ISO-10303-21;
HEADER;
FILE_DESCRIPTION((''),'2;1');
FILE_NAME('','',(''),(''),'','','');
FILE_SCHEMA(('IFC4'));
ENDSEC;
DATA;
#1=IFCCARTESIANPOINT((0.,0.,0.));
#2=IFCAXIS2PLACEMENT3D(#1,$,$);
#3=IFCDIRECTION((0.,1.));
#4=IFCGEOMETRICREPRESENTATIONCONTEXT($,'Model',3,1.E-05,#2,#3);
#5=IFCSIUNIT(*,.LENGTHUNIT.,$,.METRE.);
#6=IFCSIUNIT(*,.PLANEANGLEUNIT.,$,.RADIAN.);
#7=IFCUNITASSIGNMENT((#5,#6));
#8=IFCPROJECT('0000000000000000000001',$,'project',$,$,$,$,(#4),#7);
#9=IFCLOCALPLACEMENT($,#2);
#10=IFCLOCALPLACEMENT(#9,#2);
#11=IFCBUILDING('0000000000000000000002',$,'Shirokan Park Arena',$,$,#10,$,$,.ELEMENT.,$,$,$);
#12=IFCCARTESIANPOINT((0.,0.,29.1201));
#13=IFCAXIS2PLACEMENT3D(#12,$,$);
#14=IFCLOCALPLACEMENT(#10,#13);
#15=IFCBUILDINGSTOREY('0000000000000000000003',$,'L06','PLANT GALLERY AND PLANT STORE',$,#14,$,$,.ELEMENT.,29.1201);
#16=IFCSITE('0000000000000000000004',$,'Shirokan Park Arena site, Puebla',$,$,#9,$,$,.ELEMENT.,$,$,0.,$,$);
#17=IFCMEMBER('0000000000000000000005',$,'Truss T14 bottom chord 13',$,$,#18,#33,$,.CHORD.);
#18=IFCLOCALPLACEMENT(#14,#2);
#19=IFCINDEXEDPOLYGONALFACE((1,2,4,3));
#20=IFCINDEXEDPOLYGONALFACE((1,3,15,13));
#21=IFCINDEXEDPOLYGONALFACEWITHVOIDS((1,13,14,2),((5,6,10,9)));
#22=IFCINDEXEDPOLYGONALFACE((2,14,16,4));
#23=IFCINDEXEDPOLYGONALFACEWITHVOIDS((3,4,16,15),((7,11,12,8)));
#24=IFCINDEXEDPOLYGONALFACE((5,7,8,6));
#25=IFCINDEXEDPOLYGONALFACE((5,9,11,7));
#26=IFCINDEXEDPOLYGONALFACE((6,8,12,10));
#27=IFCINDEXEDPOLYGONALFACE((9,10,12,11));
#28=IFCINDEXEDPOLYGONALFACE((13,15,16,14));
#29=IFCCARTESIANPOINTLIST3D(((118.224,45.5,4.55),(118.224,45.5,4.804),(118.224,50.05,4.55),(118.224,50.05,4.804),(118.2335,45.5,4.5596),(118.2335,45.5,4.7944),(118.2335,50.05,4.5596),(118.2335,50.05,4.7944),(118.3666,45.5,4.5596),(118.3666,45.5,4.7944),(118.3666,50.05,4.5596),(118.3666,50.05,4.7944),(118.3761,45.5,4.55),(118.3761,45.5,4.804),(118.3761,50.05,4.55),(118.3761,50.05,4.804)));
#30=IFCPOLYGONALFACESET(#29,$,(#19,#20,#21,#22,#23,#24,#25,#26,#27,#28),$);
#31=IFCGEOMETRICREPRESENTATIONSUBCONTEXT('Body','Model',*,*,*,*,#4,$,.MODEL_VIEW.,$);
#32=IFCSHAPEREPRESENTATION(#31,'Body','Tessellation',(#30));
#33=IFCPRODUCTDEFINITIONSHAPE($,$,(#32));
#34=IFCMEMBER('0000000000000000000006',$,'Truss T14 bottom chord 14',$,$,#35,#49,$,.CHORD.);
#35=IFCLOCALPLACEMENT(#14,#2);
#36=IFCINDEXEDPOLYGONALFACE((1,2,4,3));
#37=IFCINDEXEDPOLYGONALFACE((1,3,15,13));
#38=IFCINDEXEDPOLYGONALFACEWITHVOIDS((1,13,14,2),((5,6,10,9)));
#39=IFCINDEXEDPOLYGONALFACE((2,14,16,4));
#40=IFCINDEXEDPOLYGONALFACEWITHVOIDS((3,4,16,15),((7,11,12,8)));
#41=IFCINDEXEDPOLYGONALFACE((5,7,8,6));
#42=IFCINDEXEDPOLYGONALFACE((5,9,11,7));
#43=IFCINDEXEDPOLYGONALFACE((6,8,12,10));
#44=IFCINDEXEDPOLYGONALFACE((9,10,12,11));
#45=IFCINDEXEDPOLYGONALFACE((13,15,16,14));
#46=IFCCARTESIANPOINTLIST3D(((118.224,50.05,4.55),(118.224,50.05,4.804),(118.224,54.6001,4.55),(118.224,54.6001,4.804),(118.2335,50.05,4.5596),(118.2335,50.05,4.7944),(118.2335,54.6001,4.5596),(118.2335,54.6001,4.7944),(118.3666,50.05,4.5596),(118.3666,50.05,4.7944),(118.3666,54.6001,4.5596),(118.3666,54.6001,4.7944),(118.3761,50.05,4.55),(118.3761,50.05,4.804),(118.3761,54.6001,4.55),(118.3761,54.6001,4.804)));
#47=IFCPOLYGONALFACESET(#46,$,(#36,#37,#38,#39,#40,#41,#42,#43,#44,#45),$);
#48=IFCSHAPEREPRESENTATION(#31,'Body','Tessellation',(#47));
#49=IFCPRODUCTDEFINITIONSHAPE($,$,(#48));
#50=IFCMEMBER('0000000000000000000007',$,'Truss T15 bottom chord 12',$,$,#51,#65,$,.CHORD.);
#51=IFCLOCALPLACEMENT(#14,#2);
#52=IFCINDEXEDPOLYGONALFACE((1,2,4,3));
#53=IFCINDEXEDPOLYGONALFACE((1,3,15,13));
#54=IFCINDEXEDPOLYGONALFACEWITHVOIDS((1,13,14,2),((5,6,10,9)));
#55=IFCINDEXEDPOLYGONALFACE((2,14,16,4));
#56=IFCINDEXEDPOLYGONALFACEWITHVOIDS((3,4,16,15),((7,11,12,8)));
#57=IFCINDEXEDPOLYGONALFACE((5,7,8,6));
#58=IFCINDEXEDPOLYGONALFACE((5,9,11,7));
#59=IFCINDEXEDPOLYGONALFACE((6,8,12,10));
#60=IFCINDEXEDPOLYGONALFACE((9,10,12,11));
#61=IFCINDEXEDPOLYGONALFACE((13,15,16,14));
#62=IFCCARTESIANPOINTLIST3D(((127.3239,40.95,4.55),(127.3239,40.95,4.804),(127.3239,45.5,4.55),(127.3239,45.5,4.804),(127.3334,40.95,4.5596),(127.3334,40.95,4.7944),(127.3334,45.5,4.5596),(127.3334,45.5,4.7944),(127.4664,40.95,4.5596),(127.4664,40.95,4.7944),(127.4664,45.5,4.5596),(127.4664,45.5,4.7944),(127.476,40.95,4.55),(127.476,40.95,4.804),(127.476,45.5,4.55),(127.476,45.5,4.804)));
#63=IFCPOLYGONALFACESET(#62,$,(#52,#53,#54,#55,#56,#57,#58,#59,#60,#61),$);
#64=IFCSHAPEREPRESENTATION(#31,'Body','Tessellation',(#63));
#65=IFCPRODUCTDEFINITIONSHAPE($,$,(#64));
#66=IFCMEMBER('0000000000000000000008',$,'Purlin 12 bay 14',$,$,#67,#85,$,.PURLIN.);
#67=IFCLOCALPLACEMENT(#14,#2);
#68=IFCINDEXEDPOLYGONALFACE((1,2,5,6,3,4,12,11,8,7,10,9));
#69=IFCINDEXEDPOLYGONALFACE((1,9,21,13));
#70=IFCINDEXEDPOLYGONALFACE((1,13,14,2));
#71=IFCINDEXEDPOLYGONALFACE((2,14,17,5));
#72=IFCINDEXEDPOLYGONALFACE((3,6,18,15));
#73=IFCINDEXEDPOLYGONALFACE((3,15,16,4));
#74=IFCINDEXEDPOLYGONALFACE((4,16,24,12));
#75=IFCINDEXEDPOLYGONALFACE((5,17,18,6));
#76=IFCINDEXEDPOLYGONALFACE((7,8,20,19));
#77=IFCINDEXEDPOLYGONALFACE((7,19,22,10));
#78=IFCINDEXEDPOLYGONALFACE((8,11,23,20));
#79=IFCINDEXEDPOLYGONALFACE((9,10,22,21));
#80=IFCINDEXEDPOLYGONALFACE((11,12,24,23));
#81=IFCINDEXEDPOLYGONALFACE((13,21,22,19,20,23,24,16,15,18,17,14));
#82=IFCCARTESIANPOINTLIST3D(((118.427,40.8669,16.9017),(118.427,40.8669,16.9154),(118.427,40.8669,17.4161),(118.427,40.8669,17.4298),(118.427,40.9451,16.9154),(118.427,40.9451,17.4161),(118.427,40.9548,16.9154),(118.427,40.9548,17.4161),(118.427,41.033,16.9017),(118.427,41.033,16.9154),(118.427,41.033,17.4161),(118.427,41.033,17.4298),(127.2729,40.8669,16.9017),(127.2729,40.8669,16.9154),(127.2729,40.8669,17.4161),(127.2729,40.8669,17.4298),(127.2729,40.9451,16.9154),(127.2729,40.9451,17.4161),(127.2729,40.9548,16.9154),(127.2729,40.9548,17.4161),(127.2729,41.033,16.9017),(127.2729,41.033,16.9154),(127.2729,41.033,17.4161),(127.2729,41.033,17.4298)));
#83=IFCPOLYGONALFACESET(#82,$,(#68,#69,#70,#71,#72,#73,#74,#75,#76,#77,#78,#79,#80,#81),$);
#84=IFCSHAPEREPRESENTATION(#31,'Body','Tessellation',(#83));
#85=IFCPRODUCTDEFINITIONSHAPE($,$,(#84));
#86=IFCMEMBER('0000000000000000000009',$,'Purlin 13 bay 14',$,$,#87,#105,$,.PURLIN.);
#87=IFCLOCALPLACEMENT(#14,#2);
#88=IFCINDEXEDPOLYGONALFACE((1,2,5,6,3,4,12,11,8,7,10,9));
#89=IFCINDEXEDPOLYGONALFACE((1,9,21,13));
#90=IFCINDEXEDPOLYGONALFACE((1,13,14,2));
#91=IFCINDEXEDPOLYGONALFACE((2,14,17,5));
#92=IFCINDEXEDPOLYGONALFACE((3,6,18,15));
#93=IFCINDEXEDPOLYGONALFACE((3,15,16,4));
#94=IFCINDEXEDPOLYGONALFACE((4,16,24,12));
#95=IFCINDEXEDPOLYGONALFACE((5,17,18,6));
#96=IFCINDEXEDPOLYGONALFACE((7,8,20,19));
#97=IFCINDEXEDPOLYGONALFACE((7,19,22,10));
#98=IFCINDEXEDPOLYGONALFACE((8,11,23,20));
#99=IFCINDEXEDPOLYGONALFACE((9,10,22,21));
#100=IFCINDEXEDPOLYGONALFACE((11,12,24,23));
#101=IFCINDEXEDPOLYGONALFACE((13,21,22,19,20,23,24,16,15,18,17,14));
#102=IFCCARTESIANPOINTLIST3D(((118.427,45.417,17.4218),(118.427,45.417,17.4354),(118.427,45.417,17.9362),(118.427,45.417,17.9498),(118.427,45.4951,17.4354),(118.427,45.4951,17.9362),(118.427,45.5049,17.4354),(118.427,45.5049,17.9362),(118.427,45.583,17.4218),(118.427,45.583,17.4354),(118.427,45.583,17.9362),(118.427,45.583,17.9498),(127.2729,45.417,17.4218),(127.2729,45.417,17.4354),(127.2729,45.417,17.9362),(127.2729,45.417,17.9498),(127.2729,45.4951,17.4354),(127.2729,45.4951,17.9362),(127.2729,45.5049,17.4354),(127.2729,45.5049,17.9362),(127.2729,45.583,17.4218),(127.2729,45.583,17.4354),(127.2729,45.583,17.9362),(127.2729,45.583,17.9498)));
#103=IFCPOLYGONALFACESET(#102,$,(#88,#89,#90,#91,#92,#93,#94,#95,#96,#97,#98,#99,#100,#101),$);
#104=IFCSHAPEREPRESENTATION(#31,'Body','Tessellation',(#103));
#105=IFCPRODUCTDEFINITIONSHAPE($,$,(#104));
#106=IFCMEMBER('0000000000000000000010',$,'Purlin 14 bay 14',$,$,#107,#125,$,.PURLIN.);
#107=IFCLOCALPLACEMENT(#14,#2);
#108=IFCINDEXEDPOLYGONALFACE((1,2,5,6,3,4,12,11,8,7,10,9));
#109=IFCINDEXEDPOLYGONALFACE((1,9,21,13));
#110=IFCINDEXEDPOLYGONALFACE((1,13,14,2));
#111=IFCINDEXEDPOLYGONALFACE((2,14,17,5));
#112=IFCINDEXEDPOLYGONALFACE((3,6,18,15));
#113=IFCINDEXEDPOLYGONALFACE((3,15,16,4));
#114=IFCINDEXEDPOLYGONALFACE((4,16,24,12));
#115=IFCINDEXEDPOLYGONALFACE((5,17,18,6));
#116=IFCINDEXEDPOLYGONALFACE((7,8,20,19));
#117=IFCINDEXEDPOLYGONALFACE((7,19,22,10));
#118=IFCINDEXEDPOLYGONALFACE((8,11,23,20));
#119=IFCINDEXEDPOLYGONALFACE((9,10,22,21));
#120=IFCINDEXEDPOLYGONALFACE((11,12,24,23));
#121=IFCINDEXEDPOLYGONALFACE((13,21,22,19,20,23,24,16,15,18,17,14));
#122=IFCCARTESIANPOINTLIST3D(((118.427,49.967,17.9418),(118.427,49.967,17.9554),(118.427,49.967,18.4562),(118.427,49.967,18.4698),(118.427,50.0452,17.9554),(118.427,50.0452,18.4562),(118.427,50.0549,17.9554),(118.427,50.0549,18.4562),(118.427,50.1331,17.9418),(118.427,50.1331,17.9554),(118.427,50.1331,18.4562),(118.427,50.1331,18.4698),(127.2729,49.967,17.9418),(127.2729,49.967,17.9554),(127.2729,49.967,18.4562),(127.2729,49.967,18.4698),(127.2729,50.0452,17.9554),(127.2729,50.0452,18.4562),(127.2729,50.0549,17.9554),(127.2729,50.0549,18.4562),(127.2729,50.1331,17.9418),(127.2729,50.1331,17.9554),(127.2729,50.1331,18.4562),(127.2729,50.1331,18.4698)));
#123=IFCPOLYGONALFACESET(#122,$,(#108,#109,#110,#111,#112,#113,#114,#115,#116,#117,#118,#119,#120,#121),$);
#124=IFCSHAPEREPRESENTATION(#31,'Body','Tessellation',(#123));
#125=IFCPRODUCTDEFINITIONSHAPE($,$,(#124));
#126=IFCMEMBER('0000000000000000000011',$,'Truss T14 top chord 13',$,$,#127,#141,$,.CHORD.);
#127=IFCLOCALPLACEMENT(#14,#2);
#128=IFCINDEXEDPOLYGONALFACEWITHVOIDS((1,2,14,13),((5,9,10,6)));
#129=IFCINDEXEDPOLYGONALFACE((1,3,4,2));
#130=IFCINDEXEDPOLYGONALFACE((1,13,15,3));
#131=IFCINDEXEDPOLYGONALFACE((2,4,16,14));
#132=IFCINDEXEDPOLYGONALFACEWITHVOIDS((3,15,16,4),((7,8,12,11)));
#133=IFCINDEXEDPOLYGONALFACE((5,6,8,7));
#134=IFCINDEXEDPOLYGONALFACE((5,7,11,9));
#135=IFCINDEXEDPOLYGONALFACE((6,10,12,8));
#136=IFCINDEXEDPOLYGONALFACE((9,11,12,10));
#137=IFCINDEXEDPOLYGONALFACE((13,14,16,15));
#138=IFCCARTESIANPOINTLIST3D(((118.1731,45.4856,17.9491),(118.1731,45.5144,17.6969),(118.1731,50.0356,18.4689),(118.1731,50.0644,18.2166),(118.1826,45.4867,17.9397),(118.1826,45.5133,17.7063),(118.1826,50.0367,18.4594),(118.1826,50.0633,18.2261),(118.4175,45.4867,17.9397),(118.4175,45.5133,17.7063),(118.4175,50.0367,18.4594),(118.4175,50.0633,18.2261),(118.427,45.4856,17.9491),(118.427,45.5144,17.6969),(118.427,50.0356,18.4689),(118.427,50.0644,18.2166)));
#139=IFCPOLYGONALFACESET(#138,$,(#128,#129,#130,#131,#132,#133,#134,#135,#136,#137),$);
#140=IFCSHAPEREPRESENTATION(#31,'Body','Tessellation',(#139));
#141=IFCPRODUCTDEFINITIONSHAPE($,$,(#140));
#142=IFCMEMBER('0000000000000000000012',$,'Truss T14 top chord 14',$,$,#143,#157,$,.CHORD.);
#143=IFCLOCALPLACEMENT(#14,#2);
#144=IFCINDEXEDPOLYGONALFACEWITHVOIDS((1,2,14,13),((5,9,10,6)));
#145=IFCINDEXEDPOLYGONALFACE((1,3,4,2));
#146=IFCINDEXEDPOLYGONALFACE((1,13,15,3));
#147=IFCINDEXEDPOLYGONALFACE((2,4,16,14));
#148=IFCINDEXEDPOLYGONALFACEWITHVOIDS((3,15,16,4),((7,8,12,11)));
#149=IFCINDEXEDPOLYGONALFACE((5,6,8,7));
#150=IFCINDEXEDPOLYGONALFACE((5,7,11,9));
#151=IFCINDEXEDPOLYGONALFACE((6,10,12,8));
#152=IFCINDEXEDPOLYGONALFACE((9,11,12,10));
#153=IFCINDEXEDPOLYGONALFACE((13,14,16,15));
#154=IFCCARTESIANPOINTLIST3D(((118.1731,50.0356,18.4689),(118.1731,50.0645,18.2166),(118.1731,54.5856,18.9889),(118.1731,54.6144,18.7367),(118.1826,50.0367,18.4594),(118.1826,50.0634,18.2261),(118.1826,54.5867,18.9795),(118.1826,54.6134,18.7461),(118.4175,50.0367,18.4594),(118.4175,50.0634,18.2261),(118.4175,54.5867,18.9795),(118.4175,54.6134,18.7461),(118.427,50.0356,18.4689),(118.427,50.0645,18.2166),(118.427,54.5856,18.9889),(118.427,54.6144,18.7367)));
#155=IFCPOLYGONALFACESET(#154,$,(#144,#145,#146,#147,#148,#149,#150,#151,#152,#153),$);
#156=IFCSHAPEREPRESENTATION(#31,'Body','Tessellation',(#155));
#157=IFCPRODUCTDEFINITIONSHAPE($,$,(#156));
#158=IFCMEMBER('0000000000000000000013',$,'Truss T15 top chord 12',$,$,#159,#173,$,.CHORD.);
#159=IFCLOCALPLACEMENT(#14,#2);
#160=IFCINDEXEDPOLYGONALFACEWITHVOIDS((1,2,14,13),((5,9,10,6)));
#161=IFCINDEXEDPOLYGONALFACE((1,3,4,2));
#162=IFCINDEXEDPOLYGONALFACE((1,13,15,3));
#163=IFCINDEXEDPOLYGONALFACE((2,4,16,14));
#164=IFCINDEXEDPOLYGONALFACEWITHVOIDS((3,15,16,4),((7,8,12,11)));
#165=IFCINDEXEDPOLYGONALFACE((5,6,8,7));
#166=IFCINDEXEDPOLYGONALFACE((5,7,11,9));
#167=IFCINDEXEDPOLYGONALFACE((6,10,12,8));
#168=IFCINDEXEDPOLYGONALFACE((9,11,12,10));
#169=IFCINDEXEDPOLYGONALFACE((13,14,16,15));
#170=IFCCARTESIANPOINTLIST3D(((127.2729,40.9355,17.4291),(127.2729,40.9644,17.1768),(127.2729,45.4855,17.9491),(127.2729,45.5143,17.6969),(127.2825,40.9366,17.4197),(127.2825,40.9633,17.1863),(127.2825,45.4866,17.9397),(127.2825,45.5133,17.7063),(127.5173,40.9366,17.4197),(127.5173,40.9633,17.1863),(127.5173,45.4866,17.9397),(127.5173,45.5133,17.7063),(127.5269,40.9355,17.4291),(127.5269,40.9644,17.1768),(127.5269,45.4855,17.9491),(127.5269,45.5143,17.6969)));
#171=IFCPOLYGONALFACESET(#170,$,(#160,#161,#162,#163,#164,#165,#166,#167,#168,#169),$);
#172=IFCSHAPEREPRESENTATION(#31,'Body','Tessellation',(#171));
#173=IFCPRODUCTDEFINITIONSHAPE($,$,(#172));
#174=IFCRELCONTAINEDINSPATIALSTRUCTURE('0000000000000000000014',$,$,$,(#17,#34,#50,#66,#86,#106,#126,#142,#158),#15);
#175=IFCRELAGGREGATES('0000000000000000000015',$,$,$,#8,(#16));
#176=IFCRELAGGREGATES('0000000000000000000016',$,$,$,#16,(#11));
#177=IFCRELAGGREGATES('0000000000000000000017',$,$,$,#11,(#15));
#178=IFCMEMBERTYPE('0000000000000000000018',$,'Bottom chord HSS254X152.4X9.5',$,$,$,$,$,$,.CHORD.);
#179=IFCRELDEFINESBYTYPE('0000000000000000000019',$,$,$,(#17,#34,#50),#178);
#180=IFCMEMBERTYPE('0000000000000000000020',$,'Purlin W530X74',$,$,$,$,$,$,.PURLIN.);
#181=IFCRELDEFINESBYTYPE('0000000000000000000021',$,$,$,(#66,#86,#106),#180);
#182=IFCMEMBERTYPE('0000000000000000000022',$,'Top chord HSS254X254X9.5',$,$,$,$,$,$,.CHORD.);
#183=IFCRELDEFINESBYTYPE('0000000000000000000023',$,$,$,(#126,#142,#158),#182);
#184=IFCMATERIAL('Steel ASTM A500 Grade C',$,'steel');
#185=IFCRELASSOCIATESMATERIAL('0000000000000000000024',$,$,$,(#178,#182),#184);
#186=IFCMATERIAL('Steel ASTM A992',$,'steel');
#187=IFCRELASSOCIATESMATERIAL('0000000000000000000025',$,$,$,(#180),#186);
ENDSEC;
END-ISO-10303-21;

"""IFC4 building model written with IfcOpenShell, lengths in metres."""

from ifc_helpers import new_model, si_unit, direction, frame, origin, origin_2d, place, context, subcontext, project, spatial, hollow_rectangle, i_section, extrude, material, material_profile, profile_set, type_object, element, save


model = new_model("IFC4")

# Units and contexts
model_context = context("Model", 3, precision=1e-05, world=origin(), true_north=direction((0.0, 1.0)))
body_context = subcontext(model_context, "Body", "Model", "MODEL_VIEW")
ifc_project = project(units=[si_unit("LENGTHUNIT", "METRE"), si_unit("PLANEANGLEUNIT", "RADIAN")], contexts=[model_context])

# Site, building, storey
site_placement = place(None, origin())
site = spatial("IfcSite", under=ifc_project, at=site_placement, Name="Shirokan Park Arena site, Puebla", CompositionType="ELEMENT", RefElevation=0.0)
building_placement = place(site_placement, origin())
building = spatial("IfcBuilding", under=site, at=building_placement, Name="Shirokan Park Arena", CompositionType="ELEMENT")
storey_placement = place(building_placement, frame((0.0, 0.0, 29.1201)))
storey = spatial("IfcBuildingStorey", under=building, at=storey_placement, Name="L06", Description="PLANT GALLERY AND PLANT STORE", CompositionType="ELEMENT", Elevation=29.1201)

# Members
ifc_material_1 = material(Name="Steel ASTM A500 Grade C", Category="steel")
ifc_material_profile_1 = material_profile(ifc_material_1, hollow_rectangle(XDim=0.1521, YDim=0.2539, WallThickness=0.0095, at=origin_2d()), Name="HSS254X152.4X9.5")
ifc_profile_set_1 = profile_set([ifc_material_profile_1], Name="Steel ASTM A500 Grade C")
member_type_1 = type_object("IfcMemberType", Name="Bottom chord HSS254X152.4X9.5", PredefinedType="CHORD", material=ifc_profile_set_1)
for number, where, z_axis, x_axis, name in (
    (1, (118.3, 45.5, 4.677), (0.0, 1.0, 0.0), (-1.0, 0.0, 0.0), "Truss T14 bottom chord 13"),
    (2, (118.3, 50.05, 4.677), (0.0, 1.0, 0.0), (-1.0, 0.0, 0.0), "Truss T14 bottom chord 14"),
    (3, (127.3999, 40.95, 4.677), (0.0, 1.0, 0.0), (-1.0, 0.0, 0.0), "Truss T15 bottom chord 12"),
):
    element("IfcMember", number, at=place(storey_placement, frame(where, z_axis=z_axis, x_axis=x_axis)), inside=storey, type_object=member_type_1, Name=name, PredefinedType="CHORD", context=body_context, shape_type="SweptSolid", body=[
        extrude(hollow_rectangle(XDim=0.1521, YDim=0.2539, WallThickness=0.0095, at=origin_2d()), origin(), (0.0, 0.0, 1.0), 4.55),
    ])
ifc_material_2 = material(Name="Steel ASTM A992", Category="steel")
ifc_material_profile_2 = material_profile(ifc_material_2, i_section(OverallWidth=0.166, OverallDepth=0.5281, WebThickness=0.0098, FlangeThickness=0.0137, at=origin_2d()), Name="W530X74")
ifc_profile_set_2 = profile_set([ifc_material_profile_2], Name="Steel ASTM A992")
member_type_2 = type_object("IfcMemberType", Name="Purlin W530X74", PredefinedType="PURLIN", material=ifc_profile_set_2)
for number, where, z_axis, x_axis, name in (
    (4, (118.427, 40.95, 17.1658), (1.0, 0.0, 0.0), (0.0, 1.0, 0.0), "Purlin 12 bay 14"),
    (5, (118.427, 45.5, 17.6858), (1.0, 0.0, 0.0), (0.0, 1.0, 0.0), "Purlin 13 bay 14"),
    (6, (118.427, 50.05, 18.2058), (1.0, 0.0, 0.0), (0.0, 1.0, 0.0), "Purlin 14 bay 14"),
):
    element("IfcMember", number, at=place(storey_placement, frame(where, z_axis=z_axis, x_axis=x_axis)), inside=storey, type_object=member_type_2, Name=name, PredefinedType="PURLIN", context=body_context, shape_type="SweptSolid", body=[
        extrude(i_section(OverallWidth=0.166, OverallDepth=0.5281, WebThickness=0.0098, FlangeThickness=0.0137, at=origin_2d()), origin(), (0.0, 0.0, 1.0), 8.8459),
    ])
ifc_material_profile_3 = material_profile(ifc_material_1, hollow_rectangle(XDim=0.2539, YDim=0.2539, WallThickness=0.0095, at=origin_2d()), Name="HSS254X254X9.5")
ifc_profile_set_3 = profile_set([ifc_material_profile_3], Name="Steel ASTM A500 Grade C")
member_type_3 = type_object("IfcMemberType", Name="Top chord HSS254X254X9.5", PredefinedType="CHORD", material=ifc_profile_set_3)
for number, where, z_axis, x_axis, name in (
    (7, (118.3, 45.5, 17.823), (0.0, 0.993538, 0.113497), (-1.0, 0.0, 0.0), "Truss T14 top chord 13"),
    (8, (118.3, 50.05, 18.3428), (0.0, 0.993532, 0.11355), (-1.0, 0.0, 0.0), "Truss T14 top chord 14"),
    (9, (127.3999, 40.95, 17.303), (0.0, 0.993532, 0.11355), (-1.0, 0.0, 0.0), "Truss T15 top chord 12"),
):
    element("IfcMember", number, at=place(storey_placement, frame(where, z_axis=z_axis, x_axis=x_axis)), inside=storey, type_object=member_type_3, Name=name, PredefinedType="CHORD", context=body_context, shape_type="SweptSolid", body=[
        extrude(hollow_rectangle(XDim=0.2539, YDim=0.2539, WallThickness=0.0095, at=origin_2d()), origin(), (0.0, 0.0, 1.0), 4.5796),
    ])

save(model, "model.ifc")
